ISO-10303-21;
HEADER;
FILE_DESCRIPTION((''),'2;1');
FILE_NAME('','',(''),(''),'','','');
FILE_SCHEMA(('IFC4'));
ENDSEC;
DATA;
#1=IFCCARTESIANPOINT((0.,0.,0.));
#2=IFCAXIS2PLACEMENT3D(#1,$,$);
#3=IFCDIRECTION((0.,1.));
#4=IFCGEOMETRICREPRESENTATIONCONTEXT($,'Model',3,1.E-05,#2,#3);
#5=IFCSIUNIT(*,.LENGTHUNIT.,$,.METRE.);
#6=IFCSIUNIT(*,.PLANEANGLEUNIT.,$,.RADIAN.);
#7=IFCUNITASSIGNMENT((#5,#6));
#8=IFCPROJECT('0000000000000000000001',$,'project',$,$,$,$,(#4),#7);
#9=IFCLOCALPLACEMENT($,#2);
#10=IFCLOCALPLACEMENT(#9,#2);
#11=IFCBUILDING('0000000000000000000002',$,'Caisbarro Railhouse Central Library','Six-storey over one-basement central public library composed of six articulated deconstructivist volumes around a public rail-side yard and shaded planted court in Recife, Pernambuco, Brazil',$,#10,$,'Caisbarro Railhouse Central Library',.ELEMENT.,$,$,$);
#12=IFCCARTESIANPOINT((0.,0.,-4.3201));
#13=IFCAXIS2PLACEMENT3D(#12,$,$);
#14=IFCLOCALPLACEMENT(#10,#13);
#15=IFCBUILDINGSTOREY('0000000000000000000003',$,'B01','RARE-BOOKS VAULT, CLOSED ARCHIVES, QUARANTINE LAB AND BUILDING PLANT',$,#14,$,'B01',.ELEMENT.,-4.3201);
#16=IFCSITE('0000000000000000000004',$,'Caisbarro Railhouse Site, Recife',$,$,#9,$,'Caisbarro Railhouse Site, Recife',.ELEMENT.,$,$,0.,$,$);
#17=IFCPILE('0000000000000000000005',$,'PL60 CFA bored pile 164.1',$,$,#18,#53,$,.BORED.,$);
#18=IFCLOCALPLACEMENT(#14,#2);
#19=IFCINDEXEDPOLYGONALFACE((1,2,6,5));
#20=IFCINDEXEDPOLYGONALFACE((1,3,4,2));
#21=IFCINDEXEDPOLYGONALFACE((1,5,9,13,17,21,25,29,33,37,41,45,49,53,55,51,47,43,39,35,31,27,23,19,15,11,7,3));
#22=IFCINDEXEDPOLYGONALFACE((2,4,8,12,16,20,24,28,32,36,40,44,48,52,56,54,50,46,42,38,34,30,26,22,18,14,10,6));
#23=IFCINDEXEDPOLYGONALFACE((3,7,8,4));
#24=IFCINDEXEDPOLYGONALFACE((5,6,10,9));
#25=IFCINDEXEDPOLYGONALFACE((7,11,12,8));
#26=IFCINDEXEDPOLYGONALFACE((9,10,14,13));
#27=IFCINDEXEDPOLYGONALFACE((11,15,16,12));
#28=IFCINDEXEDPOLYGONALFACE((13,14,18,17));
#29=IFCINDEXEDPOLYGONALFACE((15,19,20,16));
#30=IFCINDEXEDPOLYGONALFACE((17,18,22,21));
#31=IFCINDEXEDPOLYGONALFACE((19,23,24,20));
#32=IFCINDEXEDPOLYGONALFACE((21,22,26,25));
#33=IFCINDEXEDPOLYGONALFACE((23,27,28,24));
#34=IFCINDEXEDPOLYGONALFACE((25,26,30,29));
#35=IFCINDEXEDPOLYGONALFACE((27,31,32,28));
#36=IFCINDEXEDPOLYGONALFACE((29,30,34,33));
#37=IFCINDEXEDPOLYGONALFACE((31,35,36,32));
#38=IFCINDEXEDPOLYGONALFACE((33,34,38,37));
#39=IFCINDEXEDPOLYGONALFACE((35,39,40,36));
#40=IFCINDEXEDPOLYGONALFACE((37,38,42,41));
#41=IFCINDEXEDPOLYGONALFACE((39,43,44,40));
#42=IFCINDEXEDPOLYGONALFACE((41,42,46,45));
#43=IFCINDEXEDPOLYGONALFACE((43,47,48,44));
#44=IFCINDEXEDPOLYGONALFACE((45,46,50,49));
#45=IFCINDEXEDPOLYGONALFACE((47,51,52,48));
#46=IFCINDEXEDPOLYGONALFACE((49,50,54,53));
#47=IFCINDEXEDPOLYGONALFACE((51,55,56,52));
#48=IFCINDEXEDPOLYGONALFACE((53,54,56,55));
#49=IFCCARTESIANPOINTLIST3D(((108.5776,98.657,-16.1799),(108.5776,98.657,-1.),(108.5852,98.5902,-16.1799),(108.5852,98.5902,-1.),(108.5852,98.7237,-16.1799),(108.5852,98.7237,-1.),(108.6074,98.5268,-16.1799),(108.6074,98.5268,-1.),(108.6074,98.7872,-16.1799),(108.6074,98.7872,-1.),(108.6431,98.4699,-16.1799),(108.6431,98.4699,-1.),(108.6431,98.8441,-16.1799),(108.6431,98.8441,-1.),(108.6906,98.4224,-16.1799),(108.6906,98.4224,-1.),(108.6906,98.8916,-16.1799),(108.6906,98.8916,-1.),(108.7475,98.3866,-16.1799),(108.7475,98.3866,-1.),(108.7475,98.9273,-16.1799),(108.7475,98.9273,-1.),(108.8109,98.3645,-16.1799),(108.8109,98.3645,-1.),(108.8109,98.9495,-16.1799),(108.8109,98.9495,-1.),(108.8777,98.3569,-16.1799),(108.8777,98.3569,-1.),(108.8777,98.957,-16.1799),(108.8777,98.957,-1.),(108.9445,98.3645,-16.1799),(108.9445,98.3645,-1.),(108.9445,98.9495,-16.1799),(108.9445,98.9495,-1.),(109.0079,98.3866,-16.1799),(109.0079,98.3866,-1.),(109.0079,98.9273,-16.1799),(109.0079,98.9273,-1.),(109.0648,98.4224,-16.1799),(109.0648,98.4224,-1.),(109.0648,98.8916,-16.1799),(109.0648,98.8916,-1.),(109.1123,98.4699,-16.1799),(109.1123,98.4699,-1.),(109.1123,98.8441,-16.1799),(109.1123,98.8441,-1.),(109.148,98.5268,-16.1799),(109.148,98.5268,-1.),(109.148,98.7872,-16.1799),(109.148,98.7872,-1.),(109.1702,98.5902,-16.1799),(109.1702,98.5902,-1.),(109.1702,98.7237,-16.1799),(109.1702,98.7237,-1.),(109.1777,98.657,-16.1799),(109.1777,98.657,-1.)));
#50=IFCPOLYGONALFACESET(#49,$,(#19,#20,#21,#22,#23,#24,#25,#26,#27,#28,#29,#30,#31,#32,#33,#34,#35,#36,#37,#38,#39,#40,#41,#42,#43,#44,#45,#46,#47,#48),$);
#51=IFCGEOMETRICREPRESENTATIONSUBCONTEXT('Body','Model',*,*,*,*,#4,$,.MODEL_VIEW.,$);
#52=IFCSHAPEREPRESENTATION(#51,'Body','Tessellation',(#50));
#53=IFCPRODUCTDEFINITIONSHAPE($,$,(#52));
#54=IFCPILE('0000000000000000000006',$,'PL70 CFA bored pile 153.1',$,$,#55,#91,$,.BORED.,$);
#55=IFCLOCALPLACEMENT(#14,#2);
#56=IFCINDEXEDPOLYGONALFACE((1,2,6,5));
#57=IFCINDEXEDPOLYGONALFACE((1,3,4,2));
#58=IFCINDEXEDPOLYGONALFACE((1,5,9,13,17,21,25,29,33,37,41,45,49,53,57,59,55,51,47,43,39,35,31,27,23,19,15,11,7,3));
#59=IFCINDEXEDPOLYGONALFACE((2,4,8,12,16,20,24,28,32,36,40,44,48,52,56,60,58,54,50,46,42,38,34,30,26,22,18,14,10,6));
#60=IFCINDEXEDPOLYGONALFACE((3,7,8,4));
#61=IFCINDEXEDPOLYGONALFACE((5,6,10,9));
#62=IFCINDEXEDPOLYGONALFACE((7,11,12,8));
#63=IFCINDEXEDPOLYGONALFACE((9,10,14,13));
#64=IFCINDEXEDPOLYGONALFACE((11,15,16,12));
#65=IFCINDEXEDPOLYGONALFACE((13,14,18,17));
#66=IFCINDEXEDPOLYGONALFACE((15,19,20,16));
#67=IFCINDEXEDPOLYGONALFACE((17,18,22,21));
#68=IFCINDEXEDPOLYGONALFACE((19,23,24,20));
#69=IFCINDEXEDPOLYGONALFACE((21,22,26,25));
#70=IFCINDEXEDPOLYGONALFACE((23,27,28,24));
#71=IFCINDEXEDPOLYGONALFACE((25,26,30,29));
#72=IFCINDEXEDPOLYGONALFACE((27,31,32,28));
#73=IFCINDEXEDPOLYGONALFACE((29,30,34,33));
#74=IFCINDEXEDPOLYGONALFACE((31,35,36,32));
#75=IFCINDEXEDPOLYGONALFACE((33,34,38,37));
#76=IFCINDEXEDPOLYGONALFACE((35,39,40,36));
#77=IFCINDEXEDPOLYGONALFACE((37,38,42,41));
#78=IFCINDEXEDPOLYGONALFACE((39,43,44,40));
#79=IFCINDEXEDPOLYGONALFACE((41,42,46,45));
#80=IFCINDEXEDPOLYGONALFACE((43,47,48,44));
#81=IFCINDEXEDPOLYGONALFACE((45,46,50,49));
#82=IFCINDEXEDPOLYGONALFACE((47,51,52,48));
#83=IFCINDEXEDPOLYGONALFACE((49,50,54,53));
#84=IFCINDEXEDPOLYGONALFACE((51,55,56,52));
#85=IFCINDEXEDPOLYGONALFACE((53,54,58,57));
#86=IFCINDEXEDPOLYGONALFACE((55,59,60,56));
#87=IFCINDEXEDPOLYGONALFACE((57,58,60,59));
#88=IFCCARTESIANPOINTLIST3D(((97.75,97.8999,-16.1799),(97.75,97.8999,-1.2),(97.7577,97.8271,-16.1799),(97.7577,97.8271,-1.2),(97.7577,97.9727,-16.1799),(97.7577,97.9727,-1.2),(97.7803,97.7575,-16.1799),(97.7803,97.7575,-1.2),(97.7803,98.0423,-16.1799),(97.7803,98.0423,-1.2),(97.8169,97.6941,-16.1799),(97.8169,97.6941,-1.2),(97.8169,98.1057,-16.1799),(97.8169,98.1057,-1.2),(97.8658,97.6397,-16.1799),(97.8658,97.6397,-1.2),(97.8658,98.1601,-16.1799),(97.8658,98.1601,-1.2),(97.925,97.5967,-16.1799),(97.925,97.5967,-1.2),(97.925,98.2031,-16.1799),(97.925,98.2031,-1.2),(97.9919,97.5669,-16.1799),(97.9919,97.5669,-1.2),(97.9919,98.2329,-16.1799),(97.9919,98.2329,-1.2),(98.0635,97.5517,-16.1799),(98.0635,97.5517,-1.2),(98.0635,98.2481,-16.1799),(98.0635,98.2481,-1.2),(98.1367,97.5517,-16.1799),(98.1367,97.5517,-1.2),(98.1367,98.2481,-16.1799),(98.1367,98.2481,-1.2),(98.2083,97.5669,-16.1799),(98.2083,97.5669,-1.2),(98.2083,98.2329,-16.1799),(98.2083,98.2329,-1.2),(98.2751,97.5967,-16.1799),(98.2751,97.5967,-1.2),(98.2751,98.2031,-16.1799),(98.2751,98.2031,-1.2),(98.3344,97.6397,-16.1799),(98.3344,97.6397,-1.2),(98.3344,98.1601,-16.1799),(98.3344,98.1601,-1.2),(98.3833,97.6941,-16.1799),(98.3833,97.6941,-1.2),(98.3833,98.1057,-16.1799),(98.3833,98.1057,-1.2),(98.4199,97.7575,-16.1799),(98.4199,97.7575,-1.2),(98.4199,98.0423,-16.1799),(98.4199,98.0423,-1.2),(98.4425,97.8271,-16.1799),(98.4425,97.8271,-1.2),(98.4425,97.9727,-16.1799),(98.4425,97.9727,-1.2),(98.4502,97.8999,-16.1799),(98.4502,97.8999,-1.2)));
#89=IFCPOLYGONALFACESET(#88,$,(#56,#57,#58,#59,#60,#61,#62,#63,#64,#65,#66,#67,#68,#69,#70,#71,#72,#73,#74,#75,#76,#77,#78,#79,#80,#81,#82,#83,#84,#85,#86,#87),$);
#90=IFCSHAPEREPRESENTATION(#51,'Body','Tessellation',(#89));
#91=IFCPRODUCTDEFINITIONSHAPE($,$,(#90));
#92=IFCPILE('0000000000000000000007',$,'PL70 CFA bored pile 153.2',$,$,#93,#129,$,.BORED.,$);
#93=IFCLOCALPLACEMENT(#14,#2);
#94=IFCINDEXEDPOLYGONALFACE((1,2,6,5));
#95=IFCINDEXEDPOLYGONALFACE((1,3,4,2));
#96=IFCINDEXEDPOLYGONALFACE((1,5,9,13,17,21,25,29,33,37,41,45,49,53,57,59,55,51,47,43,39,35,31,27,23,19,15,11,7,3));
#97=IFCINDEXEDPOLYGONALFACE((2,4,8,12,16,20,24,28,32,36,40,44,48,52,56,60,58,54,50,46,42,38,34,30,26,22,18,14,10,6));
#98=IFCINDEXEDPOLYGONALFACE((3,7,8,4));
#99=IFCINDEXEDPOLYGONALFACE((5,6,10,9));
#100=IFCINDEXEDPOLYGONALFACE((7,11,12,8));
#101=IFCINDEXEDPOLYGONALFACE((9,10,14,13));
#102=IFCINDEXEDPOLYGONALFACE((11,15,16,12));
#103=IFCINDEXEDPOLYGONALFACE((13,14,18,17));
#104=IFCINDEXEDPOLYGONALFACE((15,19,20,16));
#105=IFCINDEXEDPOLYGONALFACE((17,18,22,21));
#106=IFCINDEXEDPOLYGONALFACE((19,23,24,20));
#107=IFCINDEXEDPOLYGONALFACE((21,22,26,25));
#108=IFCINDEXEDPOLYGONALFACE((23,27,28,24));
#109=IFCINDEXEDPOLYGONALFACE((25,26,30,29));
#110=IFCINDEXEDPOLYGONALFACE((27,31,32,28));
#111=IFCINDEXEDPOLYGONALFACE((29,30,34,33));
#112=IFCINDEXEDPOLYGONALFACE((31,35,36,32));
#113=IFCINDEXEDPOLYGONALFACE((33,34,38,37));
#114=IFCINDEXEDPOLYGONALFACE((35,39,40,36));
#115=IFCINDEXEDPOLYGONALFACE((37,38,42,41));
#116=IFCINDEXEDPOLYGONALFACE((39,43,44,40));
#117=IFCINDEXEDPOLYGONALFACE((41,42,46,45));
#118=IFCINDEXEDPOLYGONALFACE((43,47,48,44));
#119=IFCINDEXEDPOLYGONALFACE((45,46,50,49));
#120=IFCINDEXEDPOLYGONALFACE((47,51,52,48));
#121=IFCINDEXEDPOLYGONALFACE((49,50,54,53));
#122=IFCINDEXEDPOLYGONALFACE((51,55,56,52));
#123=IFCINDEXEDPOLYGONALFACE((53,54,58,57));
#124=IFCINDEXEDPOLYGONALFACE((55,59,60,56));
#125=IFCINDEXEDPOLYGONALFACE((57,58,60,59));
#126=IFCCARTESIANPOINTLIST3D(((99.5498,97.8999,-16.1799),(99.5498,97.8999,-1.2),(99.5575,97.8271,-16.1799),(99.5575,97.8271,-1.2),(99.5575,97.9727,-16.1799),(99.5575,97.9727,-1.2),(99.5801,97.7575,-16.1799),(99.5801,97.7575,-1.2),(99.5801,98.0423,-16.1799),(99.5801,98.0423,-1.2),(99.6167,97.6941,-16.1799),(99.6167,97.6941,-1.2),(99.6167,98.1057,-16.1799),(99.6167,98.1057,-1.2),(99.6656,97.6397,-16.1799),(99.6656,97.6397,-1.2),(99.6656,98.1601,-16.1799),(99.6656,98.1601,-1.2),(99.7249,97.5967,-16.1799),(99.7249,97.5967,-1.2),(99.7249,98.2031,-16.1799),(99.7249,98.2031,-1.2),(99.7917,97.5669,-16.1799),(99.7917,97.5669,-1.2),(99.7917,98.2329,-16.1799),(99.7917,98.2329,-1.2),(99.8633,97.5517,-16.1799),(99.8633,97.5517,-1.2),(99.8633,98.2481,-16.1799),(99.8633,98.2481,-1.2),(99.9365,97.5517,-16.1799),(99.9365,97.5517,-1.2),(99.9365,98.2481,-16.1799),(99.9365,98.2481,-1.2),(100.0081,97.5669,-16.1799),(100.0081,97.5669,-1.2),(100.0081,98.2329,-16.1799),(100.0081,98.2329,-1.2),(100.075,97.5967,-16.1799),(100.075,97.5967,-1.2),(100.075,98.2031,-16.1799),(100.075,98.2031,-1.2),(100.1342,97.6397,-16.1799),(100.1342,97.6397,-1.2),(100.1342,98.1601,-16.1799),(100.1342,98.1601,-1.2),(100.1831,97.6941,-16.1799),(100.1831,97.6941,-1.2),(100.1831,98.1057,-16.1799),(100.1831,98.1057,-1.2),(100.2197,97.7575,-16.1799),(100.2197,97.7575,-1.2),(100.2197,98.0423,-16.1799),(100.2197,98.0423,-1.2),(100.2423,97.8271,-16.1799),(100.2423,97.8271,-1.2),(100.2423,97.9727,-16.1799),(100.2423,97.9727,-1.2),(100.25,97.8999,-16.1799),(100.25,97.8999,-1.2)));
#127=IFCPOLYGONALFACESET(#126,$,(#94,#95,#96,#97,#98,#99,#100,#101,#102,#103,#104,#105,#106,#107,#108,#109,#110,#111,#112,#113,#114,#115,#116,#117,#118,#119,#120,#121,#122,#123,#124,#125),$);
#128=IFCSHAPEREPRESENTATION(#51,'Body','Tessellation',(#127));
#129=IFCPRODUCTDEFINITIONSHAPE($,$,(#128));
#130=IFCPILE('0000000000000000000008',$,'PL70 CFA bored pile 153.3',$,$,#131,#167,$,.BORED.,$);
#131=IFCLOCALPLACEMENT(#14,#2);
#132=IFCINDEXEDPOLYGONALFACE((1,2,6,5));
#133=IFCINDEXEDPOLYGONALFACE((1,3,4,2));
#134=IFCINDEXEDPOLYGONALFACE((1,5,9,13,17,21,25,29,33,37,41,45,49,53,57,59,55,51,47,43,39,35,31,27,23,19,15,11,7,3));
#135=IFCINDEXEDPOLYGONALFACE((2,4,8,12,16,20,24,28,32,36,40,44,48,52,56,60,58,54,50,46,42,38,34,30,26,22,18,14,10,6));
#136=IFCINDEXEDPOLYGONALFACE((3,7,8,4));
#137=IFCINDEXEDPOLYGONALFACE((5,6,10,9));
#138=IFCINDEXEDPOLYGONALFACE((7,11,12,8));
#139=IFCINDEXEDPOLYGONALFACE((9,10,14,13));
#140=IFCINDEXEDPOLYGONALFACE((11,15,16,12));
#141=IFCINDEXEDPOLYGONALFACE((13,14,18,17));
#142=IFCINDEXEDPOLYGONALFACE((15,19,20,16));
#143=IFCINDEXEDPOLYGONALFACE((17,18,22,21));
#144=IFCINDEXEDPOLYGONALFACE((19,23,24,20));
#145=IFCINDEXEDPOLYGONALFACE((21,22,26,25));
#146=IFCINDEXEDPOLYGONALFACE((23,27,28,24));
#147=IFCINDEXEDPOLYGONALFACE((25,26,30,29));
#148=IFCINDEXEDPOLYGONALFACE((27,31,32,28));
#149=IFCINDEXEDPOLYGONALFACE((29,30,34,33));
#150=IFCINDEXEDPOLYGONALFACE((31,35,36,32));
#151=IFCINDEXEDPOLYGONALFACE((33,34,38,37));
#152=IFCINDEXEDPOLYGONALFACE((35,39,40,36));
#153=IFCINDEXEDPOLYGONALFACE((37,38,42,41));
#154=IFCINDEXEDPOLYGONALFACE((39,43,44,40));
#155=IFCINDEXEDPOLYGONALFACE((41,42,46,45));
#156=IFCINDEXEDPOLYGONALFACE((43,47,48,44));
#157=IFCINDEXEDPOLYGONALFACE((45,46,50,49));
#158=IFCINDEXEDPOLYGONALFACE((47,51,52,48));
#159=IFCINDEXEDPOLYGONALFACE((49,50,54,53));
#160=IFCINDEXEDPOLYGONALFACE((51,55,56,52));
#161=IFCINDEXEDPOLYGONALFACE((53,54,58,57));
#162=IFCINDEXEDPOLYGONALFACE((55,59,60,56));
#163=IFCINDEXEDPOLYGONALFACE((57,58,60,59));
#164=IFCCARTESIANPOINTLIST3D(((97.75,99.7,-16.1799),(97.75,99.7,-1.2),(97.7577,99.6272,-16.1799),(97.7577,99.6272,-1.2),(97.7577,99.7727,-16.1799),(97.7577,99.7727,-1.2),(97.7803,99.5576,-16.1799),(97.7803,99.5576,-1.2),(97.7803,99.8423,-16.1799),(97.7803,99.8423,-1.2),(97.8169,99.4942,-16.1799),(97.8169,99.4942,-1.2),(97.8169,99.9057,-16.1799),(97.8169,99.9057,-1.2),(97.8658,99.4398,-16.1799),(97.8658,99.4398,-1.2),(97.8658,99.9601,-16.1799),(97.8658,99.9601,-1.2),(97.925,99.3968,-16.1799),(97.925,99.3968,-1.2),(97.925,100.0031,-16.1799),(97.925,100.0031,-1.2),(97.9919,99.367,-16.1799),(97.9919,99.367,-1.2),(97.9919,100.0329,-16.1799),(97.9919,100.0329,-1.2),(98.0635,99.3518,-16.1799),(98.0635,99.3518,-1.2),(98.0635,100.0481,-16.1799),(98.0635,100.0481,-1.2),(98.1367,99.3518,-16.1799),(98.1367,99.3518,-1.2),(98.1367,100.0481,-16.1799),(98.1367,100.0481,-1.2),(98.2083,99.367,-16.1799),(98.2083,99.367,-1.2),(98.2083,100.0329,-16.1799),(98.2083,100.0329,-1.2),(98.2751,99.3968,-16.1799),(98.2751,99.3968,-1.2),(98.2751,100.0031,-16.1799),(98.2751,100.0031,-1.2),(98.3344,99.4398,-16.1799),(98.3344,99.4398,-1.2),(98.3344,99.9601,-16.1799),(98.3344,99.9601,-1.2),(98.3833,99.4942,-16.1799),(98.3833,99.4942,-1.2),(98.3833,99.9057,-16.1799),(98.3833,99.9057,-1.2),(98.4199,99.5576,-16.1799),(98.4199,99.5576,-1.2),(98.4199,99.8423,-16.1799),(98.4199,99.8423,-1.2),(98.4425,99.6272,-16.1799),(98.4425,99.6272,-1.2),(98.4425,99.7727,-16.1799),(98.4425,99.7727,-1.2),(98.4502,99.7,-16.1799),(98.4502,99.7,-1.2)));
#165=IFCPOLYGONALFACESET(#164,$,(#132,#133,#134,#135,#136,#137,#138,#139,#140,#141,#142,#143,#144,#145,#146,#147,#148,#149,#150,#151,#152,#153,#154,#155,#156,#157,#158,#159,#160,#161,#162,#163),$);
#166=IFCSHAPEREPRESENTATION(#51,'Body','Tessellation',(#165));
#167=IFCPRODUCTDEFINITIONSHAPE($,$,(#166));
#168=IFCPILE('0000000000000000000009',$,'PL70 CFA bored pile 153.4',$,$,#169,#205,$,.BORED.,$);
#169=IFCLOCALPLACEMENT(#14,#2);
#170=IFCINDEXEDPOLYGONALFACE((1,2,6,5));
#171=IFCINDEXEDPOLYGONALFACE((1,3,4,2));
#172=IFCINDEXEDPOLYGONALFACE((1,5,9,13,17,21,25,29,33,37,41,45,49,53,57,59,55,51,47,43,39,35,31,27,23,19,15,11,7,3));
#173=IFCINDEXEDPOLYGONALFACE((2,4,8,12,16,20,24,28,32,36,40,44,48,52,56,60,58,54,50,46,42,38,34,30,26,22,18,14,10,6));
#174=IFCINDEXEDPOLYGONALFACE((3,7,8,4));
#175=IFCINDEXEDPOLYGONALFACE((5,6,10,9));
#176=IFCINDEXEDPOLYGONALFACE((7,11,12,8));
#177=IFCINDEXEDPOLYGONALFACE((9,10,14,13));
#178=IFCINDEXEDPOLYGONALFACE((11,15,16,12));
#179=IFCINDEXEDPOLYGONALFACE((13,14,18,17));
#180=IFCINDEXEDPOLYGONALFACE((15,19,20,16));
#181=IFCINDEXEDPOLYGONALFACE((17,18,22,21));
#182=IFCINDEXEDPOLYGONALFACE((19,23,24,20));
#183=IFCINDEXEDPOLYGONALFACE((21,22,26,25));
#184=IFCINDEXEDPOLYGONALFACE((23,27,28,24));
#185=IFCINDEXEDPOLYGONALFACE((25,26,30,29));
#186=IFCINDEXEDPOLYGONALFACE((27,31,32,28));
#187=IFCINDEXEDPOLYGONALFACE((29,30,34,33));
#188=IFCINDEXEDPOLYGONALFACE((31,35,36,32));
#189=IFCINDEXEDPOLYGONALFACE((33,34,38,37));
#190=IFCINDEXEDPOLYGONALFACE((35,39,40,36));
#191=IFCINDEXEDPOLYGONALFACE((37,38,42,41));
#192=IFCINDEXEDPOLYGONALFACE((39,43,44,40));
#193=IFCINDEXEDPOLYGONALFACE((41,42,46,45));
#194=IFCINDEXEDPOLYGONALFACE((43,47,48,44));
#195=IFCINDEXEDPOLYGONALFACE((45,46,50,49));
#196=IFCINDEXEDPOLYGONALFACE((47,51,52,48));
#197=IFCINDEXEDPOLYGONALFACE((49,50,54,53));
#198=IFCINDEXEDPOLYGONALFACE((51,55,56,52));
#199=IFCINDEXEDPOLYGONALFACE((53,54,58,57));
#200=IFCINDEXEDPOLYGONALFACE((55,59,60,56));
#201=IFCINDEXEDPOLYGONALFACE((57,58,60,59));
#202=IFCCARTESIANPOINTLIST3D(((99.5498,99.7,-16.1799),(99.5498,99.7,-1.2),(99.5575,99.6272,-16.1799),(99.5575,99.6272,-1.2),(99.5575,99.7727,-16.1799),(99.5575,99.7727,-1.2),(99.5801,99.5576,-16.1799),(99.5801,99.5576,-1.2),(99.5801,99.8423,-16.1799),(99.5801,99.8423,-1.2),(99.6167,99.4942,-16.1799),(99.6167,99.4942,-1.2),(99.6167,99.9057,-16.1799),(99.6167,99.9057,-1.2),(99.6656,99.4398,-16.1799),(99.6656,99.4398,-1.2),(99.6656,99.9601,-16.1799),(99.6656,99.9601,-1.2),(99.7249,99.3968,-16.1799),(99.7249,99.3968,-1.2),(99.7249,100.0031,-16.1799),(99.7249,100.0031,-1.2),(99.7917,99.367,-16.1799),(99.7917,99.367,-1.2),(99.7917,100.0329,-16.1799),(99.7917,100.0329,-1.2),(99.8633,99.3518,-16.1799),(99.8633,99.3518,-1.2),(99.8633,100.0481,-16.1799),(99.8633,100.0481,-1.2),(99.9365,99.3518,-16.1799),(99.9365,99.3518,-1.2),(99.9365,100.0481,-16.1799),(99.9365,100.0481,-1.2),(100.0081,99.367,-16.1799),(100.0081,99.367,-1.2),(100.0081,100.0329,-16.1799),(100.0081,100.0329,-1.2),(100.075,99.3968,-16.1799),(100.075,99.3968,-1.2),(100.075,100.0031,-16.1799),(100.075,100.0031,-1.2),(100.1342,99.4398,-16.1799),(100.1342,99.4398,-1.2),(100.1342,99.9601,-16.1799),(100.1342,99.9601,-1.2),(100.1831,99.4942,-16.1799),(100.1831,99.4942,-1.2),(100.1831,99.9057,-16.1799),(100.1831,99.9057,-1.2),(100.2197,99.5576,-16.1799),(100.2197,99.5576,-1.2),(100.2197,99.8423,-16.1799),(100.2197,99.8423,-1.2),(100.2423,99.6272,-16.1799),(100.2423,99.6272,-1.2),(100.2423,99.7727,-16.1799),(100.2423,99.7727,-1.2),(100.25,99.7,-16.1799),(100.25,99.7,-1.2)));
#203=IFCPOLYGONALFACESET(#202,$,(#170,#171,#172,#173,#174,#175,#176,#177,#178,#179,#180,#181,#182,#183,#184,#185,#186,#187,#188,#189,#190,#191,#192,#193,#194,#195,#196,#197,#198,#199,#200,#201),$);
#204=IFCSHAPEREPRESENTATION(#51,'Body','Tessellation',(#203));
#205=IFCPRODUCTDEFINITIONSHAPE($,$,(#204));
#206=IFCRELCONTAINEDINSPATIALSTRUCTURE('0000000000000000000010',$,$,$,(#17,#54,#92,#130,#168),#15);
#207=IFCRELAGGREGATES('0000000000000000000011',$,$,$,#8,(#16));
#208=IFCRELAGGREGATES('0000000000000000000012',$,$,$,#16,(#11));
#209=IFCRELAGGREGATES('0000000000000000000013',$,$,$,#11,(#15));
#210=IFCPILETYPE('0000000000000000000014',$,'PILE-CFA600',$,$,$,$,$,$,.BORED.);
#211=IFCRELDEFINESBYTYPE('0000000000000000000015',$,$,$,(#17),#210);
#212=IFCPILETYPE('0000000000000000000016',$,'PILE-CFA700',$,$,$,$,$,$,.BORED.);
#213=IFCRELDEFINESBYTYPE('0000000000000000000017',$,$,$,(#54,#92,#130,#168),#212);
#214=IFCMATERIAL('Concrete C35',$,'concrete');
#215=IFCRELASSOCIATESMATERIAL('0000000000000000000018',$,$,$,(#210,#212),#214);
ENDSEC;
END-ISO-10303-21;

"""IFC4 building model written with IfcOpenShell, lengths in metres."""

from ifc_helpers import new_model, si_unit, direction, frame, origin, origin_2d, place, context, subcontext, project, spatial, circle, extrude, material, material_profile, profile_set, type_object, element, save


model = new_model("IFC4")

# Units and contexts
model_context = context("Model", 3, precision=1e-05, world=origin(), true_north=direction((0.0, 1.0)))
body_context = subcontext(model_context, "Body", "Model", "MODEL_VIEW")
ifc_project = project(units=[si_unit("LENGTHUNIT", "METRE"), si_unit("PLANEANGLEUNIT", "RADIAN")], contexts=[model_context])

# Site, building, storey
site_placement = place(None, origin())
site = spatial("IfcSite", under=ifc_project, at=site_placement, Name="Caisbarro Railhouse Site, Recife", LongName="Caisbarro Railhouse Site, Recife", CompositionType="ELEMENT", RefElevation=0.0)
building_placement = place(site_placement, origin())
building = spatial("IfcBuilding", under=site, at=building_placement, Name="Caisbarro Railhouse Central Library", Description="Six-storey over one-basement central public library composed of six articulated deconstructivist volumes around a public rail-side yard and shaded planted court in Recife, Pernambuco, Brazil", LongName="Caisbarro Railhouse Central Library", CompositionType="ELEMENT")
storey_placement = place(building_placement, frame((0.0, 0.0, -4.3201)))
storey = spatial("IfcBuildingStorey", under=building, at=storey_placement, Name="B01", Description="RARE-BOOKS VAULT, CLOSED ARCHIVES, QUARANTINE LAB AND BUILDING PLANT", LongName="B01", CompositionType="ELEMENT", Elevation=-4.3201)

# Shared definitions
ifc_material_1 = material(Name="Concrete C35", Category="concrete")

# Piles
ifc_material_profile_1 = material_profile(ifc_material_1, circle(Radius=0.3, at=origin_2d()), Name="PILE-CFA-600")
ifc_profile_set_1 = profile_set([ifc_material_profile_1], Name="Concrete C35")
pile_type_1 = type_object("IfcPileType", Name="PILE-CFA600", PredefinedType="BORED", material=ifc_profile_set_1)
for number, where, z_axis, x_axis, name in (
    (1, (108.8777, 98.657, -1.0), (0.0, 0.0, -1.0), (1.0, 0.0, 0.0), "PL60 CFA bored pile 164.1"),
):
    element("IfcPile", number, at=place(storey_placement, frame(where, z_axis=z_axis, x_axis=x_axis)), inside=storey, type_object=pile_type_1, Name=name, PredefinedType="BORED", context=body_context, shape_type="SweptSolid", body=[
        extrude(circle(Radius=0.3, at=origin_2d()), origin(), (0.0, 0.0, 1.0), 15.1799),
    ])
ifc_material_profile_2 = material_profile(ifc_material_1, circle(Radius=0.3501, at=origin_2d()), Name="PILE-CFA-700")
ifc_profile_set_2 = profile_set([ifc_material_profile_2], Name="Concrete C35")
pile_type_2 = type_object("IfcPileType", Name="PILE-CFA700", PredefinedType="BORED", material=ifc_profile_set_2)
for number, where, z_axis, x_axis, name in (
    (2, (98.1001, 97.8999, -1.2), (0.0, 0.0, -1.0), (1.0, 0.0, 0.0), "PL70 CFA bored pile 153.1"),
    (3, (99.8999, 97.8999, -1.2), (0.0, 0.0, -1.0), (1.0, 0.0, 0.0), "PL70 CFA bored pile 153.2"),
    (4, (98.1001, 99.7, -1.2), (0.0, 0.0, -1.0), (1.0, 0.0, 0.0), "PL70 CFA bored pile 153.3"),
    (5, (99.8999, 99.7, -1.2), (0.0, 0.0, -1.0), (1.0, 0.0, 0.0), "PL70 CFA bored pile 153.4"),
):
    element("IfcPile", number, at=place(storey_placement, frame(where, z_axis=z_axis, x_axis=x_axis)), inside=storey, type_object=pile_type_2, Name=name, PredefinedType="BORED", context=body_context, shape_type="SweptSolid", body=[
        extrude(circle(Radius=0.3501, at=origin_2d()), origin(), (0.0, 0.0, 1.0), 14.98),
    ])

save(model, "model.ifc")
